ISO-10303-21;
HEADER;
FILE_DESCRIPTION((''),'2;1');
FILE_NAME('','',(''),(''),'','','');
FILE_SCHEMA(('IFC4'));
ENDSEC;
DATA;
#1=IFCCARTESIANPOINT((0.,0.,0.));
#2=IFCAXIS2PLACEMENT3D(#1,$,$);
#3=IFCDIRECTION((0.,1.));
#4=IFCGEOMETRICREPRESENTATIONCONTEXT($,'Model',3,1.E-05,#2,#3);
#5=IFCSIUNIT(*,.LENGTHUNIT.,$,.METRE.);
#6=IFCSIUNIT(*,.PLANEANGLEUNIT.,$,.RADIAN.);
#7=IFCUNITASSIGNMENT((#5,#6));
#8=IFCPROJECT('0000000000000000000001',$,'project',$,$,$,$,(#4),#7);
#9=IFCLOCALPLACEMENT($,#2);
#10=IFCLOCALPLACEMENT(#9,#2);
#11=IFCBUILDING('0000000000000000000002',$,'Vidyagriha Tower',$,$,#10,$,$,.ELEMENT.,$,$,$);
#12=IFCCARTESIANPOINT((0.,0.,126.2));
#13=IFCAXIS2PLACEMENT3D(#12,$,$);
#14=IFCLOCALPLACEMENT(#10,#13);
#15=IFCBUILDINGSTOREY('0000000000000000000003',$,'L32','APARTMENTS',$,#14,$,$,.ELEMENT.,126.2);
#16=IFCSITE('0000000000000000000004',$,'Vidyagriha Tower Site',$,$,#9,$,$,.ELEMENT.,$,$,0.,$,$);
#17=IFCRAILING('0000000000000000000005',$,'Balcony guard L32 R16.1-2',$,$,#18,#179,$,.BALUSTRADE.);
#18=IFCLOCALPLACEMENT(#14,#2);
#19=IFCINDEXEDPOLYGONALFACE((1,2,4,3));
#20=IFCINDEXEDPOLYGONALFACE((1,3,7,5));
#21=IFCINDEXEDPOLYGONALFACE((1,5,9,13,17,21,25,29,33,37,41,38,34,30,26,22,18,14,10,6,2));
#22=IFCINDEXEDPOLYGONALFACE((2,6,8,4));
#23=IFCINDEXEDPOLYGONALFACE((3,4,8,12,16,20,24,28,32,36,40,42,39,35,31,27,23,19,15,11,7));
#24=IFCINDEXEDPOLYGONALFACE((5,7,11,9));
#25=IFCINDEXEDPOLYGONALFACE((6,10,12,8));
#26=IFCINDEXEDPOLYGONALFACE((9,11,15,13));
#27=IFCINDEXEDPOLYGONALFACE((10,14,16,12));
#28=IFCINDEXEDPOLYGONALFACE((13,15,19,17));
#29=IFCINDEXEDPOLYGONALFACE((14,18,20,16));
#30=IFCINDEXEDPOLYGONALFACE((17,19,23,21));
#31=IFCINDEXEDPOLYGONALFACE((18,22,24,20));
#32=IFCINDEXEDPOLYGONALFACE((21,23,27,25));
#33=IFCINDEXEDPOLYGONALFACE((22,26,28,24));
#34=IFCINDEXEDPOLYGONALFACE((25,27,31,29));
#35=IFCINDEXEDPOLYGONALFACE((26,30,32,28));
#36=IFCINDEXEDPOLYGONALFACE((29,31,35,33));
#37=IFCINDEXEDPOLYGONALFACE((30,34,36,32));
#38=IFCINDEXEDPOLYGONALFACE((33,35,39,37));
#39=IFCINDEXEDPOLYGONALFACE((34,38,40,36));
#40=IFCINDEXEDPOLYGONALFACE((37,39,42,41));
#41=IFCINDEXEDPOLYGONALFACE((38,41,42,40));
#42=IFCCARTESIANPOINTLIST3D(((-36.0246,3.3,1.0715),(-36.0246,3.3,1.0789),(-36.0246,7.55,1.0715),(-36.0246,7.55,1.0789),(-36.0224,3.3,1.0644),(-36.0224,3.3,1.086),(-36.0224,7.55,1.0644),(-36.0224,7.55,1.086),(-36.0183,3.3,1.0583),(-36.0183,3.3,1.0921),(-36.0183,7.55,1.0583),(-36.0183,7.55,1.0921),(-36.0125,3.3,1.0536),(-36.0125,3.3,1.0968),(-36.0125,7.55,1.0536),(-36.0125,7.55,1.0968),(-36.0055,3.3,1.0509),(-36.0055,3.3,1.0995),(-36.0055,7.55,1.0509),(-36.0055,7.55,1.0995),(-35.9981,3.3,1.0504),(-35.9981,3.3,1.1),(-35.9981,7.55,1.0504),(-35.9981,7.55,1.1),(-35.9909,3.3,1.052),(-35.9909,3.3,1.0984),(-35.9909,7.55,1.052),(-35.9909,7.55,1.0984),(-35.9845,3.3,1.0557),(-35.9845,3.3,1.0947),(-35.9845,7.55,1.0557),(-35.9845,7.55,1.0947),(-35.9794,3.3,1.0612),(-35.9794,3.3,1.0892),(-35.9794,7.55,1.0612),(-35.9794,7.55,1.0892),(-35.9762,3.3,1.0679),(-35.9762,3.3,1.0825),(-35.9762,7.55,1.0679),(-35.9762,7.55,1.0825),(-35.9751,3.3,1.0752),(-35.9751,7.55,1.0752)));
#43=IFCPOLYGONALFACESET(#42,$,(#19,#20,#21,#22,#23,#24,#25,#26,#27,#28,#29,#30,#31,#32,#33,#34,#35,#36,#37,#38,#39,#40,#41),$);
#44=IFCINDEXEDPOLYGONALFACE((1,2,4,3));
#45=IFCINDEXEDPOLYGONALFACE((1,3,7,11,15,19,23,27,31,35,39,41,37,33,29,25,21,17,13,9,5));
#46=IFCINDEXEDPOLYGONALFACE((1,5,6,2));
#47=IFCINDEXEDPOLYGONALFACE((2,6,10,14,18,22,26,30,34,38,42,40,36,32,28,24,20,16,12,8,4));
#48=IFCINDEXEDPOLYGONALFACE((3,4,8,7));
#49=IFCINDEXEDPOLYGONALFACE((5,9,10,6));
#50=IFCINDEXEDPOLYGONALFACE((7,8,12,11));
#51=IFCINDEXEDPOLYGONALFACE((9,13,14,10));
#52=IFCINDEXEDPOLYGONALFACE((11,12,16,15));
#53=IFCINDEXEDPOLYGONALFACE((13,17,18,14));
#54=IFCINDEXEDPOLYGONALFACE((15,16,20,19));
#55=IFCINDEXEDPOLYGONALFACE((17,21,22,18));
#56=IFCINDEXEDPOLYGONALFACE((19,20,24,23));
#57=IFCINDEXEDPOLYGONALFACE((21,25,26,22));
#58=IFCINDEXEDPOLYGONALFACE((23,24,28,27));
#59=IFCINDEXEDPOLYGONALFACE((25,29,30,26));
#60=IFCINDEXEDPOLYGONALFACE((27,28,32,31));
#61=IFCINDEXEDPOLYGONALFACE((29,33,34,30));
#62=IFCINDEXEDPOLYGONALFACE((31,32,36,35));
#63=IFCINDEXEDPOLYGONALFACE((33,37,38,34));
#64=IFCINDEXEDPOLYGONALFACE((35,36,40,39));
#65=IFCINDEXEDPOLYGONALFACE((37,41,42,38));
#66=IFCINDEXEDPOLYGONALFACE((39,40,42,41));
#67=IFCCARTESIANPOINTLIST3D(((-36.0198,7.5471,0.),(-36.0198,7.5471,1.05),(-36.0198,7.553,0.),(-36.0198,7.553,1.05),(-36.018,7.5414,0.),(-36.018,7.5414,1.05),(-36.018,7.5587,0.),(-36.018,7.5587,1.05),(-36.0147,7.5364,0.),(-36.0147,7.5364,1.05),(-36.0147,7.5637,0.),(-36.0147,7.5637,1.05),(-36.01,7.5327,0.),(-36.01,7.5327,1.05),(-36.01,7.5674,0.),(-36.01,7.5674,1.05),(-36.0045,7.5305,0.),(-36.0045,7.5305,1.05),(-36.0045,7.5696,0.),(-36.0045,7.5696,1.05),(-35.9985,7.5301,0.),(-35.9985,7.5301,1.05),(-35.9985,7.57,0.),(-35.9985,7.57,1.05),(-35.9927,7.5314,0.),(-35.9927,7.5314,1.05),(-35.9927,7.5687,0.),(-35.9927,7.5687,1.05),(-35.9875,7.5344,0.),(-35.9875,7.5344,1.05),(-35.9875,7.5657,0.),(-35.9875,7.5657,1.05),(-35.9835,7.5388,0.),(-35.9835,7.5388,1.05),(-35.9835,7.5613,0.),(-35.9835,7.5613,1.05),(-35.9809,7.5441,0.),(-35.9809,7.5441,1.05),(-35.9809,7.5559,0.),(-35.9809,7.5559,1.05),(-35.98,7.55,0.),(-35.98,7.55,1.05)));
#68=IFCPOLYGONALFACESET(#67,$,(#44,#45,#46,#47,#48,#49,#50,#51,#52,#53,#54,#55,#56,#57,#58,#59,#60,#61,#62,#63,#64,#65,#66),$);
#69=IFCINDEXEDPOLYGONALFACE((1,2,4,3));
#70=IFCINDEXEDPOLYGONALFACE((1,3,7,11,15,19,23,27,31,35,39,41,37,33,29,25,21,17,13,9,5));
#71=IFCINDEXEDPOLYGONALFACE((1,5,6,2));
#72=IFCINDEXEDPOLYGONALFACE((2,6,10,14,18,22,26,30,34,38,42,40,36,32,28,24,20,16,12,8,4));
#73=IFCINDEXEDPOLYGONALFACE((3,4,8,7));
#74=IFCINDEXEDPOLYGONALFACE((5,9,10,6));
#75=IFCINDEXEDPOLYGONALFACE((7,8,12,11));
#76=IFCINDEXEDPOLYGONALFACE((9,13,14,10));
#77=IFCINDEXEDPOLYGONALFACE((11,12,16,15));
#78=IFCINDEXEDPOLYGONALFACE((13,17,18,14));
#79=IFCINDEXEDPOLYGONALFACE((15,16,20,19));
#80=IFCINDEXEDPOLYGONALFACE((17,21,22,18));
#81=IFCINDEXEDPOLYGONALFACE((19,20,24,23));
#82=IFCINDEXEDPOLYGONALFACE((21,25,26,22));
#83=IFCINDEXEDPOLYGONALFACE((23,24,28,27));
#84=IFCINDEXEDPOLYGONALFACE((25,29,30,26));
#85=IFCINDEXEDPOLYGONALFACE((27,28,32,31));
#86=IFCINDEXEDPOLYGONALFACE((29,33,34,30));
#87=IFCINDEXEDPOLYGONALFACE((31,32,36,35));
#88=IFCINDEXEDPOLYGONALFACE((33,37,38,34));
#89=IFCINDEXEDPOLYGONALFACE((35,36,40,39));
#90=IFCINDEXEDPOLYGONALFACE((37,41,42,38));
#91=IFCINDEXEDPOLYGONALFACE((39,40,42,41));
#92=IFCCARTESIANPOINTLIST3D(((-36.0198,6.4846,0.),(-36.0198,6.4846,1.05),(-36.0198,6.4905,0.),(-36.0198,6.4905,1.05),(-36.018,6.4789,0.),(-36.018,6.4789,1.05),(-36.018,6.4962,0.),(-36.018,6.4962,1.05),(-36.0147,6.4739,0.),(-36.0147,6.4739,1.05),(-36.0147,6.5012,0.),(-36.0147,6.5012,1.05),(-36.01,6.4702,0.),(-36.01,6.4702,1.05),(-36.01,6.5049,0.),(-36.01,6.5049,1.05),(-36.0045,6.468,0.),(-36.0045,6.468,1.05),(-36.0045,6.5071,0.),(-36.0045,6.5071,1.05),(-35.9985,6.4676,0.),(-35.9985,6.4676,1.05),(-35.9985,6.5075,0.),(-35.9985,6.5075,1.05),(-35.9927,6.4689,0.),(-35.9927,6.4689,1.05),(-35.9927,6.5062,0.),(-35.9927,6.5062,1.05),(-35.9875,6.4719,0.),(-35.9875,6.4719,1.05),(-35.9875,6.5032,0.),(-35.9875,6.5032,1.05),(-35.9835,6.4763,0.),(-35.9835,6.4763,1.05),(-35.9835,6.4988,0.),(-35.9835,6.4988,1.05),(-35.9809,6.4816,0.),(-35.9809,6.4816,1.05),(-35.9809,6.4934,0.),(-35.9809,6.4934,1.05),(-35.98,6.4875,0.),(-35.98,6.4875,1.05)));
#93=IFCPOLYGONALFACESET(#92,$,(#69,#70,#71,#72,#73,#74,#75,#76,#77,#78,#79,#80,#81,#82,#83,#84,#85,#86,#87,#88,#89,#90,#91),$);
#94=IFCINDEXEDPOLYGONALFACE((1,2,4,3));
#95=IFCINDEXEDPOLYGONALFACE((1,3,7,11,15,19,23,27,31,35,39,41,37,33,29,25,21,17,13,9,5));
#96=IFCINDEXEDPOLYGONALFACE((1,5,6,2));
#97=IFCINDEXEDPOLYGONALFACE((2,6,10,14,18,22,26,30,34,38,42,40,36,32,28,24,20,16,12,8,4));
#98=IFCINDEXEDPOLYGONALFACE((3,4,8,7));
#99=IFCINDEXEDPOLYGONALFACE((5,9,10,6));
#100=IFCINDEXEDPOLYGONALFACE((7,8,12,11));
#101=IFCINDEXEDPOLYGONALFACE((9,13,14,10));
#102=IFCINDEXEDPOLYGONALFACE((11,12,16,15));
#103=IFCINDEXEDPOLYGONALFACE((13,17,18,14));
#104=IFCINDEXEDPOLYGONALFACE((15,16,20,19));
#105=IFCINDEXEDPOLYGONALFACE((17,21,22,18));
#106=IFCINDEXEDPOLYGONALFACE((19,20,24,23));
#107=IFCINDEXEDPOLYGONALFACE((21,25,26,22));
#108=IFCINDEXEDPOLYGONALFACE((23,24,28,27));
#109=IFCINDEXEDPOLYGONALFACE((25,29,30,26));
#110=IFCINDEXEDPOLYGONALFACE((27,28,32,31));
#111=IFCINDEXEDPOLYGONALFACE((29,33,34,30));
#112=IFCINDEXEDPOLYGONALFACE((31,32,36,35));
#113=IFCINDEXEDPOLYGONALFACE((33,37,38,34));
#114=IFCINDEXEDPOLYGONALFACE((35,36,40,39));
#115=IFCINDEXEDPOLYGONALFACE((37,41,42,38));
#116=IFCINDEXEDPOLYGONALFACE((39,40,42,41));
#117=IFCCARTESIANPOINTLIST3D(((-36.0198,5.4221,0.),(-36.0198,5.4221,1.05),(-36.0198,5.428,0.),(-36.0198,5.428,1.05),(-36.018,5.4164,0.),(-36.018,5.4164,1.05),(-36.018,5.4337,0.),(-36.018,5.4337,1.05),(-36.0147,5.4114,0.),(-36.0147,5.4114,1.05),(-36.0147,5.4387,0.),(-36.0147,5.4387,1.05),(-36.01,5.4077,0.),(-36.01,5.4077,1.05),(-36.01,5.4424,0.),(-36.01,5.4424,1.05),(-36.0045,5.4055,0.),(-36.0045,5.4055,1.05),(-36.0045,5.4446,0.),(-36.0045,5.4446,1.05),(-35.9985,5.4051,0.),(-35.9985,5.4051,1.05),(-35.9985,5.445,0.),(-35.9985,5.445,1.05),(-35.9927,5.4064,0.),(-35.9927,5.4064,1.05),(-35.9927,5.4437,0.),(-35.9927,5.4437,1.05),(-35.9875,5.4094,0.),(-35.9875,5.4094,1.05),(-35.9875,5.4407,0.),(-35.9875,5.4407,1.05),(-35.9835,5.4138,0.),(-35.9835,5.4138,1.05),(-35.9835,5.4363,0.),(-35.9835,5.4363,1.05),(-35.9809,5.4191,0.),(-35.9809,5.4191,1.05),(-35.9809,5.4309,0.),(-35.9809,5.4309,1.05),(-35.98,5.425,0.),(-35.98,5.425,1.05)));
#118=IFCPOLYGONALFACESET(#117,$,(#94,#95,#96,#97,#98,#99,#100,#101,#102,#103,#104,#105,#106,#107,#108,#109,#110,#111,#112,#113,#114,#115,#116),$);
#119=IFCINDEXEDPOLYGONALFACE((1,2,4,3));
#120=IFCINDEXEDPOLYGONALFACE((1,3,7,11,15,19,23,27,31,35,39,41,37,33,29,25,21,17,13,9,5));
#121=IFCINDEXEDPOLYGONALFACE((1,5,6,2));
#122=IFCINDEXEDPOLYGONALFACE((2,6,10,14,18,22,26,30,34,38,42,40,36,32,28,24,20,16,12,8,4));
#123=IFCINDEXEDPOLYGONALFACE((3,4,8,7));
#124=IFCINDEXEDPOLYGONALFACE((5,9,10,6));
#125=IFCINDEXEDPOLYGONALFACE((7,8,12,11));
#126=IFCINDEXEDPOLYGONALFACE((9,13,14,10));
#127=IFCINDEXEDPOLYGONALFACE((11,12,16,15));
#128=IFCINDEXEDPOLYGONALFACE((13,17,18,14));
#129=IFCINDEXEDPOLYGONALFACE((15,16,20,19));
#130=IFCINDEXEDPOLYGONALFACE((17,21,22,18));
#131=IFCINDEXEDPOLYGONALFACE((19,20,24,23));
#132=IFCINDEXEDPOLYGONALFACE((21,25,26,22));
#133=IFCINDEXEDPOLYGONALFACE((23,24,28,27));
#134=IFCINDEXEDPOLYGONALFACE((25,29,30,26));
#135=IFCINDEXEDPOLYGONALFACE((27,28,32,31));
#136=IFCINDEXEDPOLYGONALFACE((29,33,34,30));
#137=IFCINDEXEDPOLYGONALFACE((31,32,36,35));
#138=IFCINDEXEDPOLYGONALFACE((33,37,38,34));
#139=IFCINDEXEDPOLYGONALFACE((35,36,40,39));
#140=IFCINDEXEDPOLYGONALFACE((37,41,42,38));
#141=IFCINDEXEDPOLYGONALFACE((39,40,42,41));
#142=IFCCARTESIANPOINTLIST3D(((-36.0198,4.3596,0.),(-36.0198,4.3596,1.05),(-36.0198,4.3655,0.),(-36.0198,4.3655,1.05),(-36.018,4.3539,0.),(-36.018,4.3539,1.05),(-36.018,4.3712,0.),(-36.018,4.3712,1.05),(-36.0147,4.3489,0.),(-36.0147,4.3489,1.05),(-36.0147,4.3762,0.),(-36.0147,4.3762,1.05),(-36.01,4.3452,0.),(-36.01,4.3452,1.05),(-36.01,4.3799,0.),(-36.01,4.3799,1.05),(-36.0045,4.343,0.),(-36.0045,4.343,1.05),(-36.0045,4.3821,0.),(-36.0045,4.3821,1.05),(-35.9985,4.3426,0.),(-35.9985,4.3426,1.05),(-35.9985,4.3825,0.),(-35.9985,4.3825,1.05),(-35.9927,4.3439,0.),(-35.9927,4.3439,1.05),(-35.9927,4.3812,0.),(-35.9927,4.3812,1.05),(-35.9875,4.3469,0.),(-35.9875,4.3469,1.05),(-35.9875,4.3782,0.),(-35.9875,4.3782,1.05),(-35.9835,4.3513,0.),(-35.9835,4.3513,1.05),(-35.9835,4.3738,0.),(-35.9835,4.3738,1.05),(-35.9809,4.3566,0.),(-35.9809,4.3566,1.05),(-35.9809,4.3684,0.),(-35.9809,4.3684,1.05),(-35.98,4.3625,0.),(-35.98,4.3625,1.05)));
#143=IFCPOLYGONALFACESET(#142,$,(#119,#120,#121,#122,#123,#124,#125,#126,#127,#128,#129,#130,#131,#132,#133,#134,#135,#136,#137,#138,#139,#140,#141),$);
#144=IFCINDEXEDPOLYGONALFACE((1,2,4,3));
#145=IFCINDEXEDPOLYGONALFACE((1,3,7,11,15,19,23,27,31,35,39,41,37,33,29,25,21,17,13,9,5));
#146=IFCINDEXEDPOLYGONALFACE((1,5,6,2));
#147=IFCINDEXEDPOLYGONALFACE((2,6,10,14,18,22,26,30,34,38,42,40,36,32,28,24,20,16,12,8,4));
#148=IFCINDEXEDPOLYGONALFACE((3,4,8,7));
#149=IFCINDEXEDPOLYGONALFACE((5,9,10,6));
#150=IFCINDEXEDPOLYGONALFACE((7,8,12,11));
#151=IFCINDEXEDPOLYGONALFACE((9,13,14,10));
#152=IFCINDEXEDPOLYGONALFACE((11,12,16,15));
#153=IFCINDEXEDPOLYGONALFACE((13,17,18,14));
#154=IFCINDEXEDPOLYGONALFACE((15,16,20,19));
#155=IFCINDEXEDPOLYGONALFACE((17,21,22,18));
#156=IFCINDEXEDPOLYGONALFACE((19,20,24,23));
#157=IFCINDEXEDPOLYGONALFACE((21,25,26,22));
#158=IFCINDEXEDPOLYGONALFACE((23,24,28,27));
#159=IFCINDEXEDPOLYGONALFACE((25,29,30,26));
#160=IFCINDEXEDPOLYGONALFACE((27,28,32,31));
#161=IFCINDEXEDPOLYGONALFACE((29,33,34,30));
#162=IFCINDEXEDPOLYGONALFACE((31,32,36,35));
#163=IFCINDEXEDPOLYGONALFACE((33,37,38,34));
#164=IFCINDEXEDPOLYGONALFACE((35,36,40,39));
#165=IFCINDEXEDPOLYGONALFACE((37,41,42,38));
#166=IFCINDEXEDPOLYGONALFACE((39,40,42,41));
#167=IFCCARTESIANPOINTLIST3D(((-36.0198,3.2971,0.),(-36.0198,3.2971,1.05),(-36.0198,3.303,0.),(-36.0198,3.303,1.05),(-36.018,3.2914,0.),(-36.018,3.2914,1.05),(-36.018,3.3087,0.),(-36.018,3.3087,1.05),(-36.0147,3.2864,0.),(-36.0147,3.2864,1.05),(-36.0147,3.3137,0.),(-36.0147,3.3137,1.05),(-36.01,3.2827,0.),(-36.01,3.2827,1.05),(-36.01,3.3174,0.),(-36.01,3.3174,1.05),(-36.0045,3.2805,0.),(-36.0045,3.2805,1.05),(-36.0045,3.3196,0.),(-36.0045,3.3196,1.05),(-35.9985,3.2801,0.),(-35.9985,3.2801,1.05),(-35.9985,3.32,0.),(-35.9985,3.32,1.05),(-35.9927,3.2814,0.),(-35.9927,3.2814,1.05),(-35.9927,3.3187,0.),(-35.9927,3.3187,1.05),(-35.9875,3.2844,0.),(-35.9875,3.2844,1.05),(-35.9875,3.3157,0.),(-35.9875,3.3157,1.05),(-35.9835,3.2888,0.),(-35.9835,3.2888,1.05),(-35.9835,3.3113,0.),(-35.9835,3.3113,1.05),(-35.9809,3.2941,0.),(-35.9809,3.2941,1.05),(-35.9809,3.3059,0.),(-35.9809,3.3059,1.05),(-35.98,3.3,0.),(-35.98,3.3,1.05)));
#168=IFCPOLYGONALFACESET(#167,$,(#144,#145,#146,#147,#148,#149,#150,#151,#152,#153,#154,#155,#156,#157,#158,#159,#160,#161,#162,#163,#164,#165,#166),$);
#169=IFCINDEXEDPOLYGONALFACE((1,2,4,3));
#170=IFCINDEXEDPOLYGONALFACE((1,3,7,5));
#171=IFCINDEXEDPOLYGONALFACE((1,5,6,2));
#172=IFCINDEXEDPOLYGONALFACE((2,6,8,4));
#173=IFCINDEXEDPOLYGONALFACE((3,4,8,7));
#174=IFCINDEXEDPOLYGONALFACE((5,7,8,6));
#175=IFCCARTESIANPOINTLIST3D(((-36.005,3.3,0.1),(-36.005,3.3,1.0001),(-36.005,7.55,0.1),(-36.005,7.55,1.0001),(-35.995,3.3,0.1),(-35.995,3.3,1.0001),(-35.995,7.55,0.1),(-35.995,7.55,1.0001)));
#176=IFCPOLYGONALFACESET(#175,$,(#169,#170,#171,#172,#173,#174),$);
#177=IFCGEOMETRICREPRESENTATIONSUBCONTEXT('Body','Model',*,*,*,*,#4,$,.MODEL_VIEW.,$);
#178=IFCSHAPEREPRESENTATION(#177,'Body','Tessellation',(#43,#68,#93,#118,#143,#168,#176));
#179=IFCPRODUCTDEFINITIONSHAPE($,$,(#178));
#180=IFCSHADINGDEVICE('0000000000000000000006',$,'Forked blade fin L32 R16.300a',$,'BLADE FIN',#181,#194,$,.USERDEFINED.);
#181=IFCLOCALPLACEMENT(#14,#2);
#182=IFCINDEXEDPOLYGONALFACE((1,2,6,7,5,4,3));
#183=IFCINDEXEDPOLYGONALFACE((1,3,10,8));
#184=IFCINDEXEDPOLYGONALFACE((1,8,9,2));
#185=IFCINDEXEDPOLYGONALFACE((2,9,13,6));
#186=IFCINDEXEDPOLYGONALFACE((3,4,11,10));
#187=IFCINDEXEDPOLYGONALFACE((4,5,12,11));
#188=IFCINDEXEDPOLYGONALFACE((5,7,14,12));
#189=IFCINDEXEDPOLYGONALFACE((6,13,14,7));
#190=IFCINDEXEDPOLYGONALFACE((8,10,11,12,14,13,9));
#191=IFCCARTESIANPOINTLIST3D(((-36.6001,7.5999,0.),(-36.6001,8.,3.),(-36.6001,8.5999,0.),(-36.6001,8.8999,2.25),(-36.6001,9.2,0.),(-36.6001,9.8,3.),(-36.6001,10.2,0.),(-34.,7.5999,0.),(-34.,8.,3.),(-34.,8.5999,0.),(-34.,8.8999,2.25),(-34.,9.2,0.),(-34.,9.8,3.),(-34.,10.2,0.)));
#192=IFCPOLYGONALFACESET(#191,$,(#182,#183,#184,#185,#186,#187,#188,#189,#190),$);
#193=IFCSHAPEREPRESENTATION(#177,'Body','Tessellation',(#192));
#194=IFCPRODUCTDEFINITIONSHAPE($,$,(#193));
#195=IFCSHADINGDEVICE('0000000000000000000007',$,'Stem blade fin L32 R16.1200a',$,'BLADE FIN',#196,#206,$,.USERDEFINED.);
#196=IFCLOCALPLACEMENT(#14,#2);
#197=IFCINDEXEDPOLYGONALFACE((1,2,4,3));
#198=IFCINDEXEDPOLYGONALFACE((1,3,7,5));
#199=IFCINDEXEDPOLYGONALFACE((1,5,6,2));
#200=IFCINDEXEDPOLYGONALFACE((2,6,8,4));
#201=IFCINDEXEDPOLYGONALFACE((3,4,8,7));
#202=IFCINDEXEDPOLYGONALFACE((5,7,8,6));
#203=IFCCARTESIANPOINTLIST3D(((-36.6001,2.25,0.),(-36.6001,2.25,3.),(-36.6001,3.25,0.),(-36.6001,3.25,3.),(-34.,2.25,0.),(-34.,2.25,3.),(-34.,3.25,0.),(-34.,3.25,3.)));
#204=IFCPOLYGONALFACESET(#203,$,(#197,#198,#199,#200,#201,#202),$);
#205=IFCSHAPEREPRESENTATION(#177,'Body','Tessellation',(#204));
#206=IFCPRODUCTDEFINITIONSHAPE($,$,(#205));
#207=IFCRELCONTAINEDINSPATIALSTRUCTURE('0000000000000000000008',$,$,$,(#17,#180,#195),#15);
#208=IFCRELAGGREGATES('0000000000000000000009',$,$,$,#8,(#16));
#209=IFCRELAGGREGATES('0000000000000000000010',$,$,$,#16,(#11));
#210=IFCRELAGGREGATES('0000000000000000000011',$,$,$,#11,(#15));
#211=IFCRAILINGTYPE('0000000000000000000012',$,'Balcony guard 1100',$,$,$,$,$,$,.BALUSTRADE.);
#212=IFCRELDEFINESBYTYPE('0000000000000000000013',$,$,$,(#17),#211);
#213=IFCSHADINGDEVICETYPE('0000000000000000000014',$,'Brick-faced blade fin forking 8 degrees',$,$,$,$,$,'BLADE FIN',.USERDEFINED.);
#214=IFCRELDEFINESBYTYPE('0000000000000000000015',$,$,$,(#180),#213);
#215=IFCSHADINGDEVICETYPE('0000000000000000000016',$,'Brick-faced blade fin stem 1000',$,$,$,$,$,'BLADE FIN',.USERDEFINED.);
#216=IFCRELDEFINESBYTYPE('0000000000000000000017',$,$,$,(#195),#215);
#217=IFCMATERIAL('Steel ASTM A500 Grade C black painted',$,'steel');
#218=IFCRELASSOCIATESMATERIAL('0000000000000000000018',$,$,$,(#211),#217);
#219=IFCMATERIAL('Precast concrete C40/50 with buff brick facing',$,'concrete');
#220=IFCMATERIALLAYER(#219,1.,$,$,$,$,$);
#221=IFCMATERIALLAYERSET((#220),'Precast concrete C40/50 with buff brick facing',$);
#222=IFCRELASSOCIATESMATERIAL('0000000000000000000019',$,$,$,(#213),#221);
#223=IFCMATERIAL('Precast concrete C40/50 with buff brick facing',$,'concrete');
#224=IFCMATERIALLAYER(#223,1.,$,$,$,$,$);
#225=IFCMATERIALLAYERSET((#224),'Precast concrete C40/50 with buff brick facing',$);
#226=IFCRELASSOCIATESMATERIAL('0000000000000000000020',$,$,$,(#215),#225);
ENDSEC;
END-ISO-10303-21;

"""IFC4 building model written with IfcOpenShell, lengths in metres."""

from ifc_helpers import new_model, si_unit, direction, frame, origin, origin_2d, place, context, subcontext, project, spatial, polyline, rectangle, circle, outline, extrude, material, layer, layer_set, type_object, element, save


model = new_model("IFC4")

# Units and contexts
model_context = context("Model", 3, precision=1e-05, world=origin(), true_north=direction((0.0, 1.0)))
body_context = subcontext(model_context, "Body", "Model", "MODEL_VIEW")
ifc_project = project(units=[si_unit("LENGTHUNIT", "METRE"), si_unit("PLANEANGLEUNIT", "RADIAN")], contexts=[model_context])

# Site, building, storey
site_placement = place(None, origin())
site = spatial("IfcSite", under=ifc_project, at=site_placement, Name="Vidyagriha Tower Site", CompositionType="ELEMENT", RefElevation=0.0)
building_placement = place(site_placement, origin())
building = spatial("IfcBuilding", under=site, at=building_placement, Name="Vidyagriha Tower", CompositionType="ELEMENT")
storey_placement = place(building_placement, frame((0.0, 0.0, 126.2)))
storey = spatial("IfcBuildingStorey", under=building, at=storey_placement, Name="L32", Description="APARTMENTS", CompositionType="ELEMENT", Elevation=126.2)

# Railing
ifc_material_1 = material(Name="Steel ASTM A500 Grade C black painted", Category="steel")
railing_type = type_object("IfcRailingType", Name="Balcony guard 1100", PredefinedType="BALUSTRADE", material=ifc_material_1)
railing_1_placement = place(storey_placement, frame((-36.0, 7.55, 0.0)))
element("IfcRailing", 1, at=railing_1_placement, inside=storey, type_object=railing_type, Name="Balcony guard L32 R16.1-2", PredefinedType="BALUSTRADE", context=body_context, shape_type="SweptSolid", body=[
    extrude(circle(Radius=0.0249, at=origin_2d()), frame((0.0, 0.0, 1.0752), z_axis=(0.0, -1.0, 0.0), x_axis=(1.0, 0.0, 0.0)), (0.0, 0.0, 1.0), 4.25),
    extrude(circle(Radius=0.02, at=origin_2d()), origin(), (0.0, 0.0, 1.0), 1.05),
    extrude(circle(Radius=0.02, at=origin_2d()), frame((0.0, -1.0625, 0.0)), (0.0, 0.0, 1.0), 1.05),
    extrude(circle(Radius=0.02, at=origin_2d()), frame((0.0, -2.125, 0.0)), (0.0, 0.0, 1.0), 1.05),
    extrude(circle(Radius=0.02, at=origin_2d()), frame((0.0, -3.1875, 0.0)), (0.0, 0.0, 1.0), 1.05),
    extrude(circle(Radius=0.02, at=origin_2d()), frame((0.0, -4.25, 0.0)), (0.0, 0.0, 1.0), 1.05),
    extrude(rectangle(XDim=0.01, YDim=0.9001, at=origin_2d()), frame((0.0, 0.0, 0.55), z_axis=(0.0, -1.0, 0.0), x_axis=(1.0, 0.0, 0.0)), (0.0, 0.0, 1.0), 4.25),
])

# Shading devices
ifc_material_2 = material(Name="Precast concrete C40/50 with buff brick facing", Category="concrete")
ifc_layer_1 = layer(ifc_material_2, 1.0)
ifc_layer_set_1 = layer_set([ifc_layer_1], Name="Precast concrete C40/50 with buff brick facing")
shading_device_type_1 = type_object("IfcShadingDeviceType", Name="Brick-faced blade fin forking 8 degrees", ElementType="BLADE FIN", PredefinedType="USERDEFINED", material=ifc_layer_set_1)
shading_device_1_placement = place(storey_placement, frame((-35.3, 10.2, 0.0), z_axis=(0.0, 0.0, 1.0), x_axis=(0.0, -1.0, 0.0)))
element("IfcShadingDevice", 2, at=shading_device_1_placement, inside=storey, type_object=shading_device_type_1, Name="Forked blade fin L32 R16.300a", ObjectType="BLADE FIN", PredefinedType="USERDEFINED", context=body_context, shape_type="SweptSolid", body=[
    extrude(outline(polyline([(1.0, 0.0), (1.3, 2.25), (1.6001, 0.0), (2.6001, 0.0), (2.2, 3.0), (0.3999, 3.0), (0.0, 0.0), (1.0, 0.0)])), frame((0.0, 1.3, 0.0), z_axis=(0.0, -1.0, 0.0), x_axis=(1.0, 0.0, 0.0)), (0.0, 0.0, 1.0), 2.6001),
])
ifc_material_3 = material(Name="Precast concrete C40/50 with buff brick facing", Category="concrete")
ifc_layer_2 = layer(ifc_material_3, 1.0)
ifc_layer_set_2 = layer_set([ifc_layer_2], Name="Precast concrete C40/50 with buff brick facing")
shading_device_type_2 = type_object("IfcShadingDeviceType", Name="Brick-faced blade fin stem 1000", ElementType="BLADE FIN", PredefinedType="USERDEFINED", material=ifc_layer_set_2)
shading_device_2_placement = place(storey_placement, frame((-35.3, 3.25, 0.0), z_axis=(0.0, 0.0, 1.0), x_axis=(0.0, -1.0, 0.0)))
element("IfcShadingDevice", 3, at=shading_device_2_placement, inside=storey, type_object=shading_device_type_2, Name="Stem blade fin L32 R16.1200a", ObjectType="BLADE FIN", PredefinedType="USERDEFINED", context=body_context, shape_type="SweptSolid", body=[
    extrude(outline(polyline([(0.0, 0.0), (1.0, 0.0), (1.0, 3.0), (0.0, 3.0), (0.0, 0.0)])), frame((0.0, 1.3, 0.0), z_axis=(0.0, -1.0, 0.0), x_axis=(1.0, 0.0, 0.0)), (0.0, 0.0, 1.0), 2.6001),
])

save(model, "model.ifc")
